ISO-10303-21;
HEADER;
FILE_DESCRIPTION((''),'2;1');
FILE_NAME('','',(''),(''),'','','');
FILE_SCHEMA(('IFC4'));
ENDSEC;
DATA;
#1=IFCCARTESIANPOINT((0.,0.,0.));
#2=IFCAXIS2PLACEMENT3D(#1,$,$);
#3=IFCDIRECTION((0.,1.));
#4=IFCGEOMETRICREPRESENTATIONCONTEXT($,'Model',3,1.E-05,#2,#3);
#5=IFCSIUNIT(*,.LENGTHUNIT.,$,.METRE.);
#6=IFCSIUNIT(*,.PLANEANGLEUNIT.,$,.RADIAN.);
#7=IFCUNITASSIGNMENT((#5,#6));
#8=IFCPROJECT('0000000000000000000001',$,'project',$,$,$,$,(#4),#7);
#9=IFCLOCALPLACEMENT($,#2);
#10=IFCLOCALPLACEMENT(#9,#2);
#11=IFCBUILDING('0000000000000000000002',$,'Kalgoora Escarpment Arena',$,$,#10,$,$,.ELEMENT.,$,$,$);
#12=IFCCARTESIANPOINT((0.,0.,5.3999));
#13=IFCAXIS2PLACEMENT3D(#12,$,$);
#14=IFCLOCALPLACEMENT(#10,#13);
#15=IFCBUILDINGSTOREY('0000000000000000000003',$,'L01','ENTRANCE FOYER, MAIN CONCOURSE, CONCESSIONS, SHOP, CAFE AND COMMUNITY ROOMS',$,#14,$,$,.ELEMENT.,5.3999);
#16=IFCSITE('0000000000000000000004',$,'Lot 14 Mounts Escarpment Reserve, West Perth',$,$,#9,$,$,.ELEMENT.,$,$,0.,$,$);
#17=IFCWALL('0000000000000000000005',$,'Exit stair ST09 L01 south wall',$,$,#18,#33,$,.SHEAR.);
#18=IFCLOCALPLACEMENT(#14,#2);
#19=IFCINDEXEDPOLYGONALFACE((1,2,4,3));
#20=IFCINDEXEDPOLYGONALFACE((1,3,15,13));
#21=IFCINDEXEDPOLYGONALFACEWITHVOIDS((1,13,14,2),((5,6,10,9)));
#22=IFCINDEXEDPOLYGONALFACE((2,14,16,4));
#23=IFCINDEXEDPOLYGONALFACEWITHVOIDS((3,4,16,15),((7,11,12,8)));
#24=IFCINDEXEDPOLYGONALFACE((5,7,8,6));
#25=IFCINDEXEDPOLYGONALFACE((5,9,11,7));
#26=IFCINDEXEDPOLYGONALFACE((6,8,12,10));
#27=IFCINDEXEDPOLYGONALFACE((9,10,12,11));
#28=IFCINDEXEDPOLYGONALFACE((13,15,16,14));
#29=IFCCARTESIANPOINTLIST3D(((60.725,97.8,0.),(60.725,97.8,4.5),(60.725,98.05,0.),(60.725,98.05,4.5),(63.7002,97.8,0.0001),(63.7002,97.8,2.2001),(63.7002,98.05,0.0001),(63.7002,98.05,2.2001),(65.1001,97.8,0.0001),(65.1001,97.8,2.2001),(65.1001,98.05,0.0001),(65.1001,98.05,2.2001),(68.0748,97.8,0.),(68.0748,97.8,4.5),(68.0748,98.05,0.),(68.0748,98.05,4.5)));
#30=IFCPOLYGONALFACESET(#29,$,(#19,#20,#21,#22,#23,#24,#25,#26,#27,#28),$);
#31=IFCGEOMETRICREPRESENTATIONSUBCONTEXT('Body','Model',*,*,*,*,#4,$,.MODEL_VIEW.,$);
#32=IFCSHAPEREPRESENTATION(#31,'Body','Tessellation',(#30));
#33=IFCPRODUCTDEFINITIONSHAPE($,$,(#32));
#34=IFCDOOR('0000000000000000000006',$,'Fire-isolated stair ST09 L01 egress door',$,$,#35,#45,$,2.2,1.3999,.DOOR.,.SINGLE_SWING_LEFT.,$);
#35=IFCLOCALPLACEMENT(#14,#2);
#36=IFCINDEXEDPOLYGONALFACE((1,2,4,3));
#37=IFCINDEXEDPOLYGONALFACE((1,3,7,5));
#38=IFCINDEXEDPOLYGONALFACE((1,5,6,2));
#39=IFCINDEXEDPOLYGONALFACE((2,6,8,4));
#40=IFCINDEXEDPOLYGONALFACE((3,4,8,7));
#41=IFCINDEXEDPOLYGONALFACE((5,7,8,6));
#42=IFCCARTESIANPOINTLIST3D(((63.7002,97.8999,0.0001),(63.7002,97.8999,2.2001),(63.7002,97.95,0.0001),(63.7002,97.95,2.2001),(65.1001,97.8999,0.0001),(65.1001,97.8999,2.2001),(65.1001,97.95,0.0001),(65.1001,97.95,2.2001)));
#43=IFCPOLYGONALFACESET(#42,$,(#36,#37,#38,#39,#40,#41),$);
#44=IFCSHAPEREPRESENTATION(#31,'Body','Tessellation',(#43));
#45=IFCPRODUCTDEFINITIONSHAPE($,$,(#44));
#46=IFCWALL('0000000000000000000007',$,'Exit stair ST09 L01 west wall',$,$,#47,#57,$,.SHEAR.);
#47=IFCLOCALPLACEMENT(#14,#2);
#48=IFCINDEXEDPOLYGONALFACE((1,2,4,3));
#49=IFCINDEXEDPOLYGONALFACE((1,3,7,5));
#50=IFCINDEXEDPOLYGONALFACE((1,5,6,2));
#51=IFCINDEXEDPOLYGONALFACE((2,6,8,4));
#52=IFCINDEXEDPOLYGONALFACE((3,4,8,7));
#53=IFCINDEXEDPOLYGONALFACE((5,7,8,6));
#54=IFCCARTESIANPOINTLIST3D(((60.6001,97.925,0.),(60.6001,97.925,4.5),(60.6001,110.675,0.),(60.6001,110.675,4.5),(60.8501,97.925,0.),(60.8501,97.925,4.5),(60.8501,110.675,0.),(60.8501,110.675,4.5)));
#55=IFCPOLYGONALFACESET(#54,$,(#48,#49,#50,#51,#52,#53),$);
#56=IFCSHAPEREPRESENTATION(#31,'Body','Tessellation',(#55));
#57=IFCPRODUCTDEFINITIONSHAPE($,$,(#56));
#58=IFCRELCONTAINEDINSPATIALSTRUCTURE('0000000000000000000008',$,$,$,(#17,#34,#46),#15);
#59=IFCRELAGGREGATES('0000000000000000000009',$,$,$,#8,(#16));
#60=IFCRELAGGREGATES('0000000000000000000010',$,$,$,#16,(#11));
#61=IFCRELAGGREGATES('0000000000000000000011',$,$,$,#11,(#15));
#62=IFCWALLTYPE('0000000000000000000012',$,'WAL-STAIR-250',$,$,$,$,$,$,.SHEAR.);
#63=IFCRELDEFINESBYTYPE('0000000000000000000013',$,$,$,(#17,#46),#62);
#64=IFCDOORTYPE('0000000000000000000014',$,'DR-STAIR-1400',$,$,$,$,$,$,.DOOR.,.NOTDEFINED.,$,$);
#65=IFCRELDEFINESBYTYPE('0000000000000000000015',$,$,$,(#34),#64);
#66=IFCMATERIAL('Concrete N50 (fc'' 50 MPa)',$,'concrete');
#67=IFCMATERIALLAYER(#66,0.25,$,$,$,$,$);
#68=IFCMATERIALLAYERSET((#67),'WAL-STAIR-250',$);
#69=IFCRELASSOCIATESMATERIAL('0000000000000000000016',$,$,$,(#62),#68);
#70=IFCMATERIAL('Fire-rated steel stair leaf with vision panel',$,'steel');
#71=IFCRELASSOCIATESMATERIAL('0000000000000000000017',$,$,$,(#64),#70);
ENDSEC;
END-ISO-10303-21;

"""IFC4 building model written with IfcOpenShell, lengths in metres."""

from ifc_helpers import new_model, si_unit, direction, frame, frame_2d, origin, place, context, subcontext, project, spatial, rectangle, extrude, material, layer, layer_set, type_object, element, fill, save


model = new_model("IFC4")

# Units and contexts
model_context = context("Model", 3, precision=1e-05, world=origin(), true_north=direction((0.0, 1.0)))
body_context = subcontext(model_context, "Body", "Model", "MODEL_VIEW")
ifc_project = project(units=[si_unit("LENGTHUNIT", "METRE"), si_unit("PLANEANGLEUNIT", "RADIAN")], contexts=[model_context])

# Site, building, storey
site_placement = place(None, origin())
site = spatial("IfcSite", under=ifc_project, at=site_placement, Name="Lot 14 Mounts Escarpment Reserve, West Perth", CompositionType="ELEMENT", RefElevation=0.0)
building_placement = place(site_placement, origin())
building = spatial("IfcBuilding", under=site, at=building_placement, Name="Kalgoora Escarpment Arena", CompositionType="ELEMENT")
storey_placement = place(building_placement, frame((0.0, 0.0, 5.3999)))
storey = spatial("IfcBuildingStorey", under=building, at=storey_placement, Name="L01", Description="ENTRANCE FOYER, MAIN CONCOURSE, CONCESSIONS, SHOP, CAFE AND COMMUNITY ROOMS", CompositionType="ELEMENT", Elevation=5.3999)

# Wall, opening, door
ifc_material_1 = material(Name="Concrete N50 (fc' 50 MPa)", Category="concrete")
ifc_layer_1 = layer(ifc_material_1, 0.25)
ifc_layer_set_1 = layer_set([ifc_layer_1], Name="WAL-STAIR-250")
wall_type_1 = type_object("IfcWallType", Name="WAL-STAIR-250", PredefinedType="SHEAR", material=ifc_layer_set_1)
wall_1_placement = place(storey_placement, frame((60.7251, 97.925, 0.0), z_axis=(0.0, 0.0, 1.0), x_axis=(1.0, 0.0, 0.0)))
wall_1 = element("IfcWall", 1, at=wall_1_placement, inside=storey, type_object=wall_type_1, Name="Exit stair ST09 L01 south wall", PredefinedType="SHEAR", context=body_context, shape_type="SweptSolid", body=[
    extrude(rectangle(XDim=7.3499, YDim=0.25, at=frame_2d((3.6748, 0.0))), origin(), (0.0, 0.0, 1.0), 4.5),
])
opening_1_placement = place(wall_1_placement, frame((2.9751, 0.0, 0.0)))
opening_1 = element("IfcOpeningElement", 2, at=opening_1_placement, cuts=wall_1, PredefinedType="OPENING", context=body_context, shape_type="SweptSolid", body=[
    extrude(rectangle(XDim=1.3999, YDim=2.2, at=frame_2d((0.7, 1.1001))), frame((0.0, 0.135, 0.0), z_axis=(0.0, -1.0, 0.0), x_axis=(1.0, 0.0, 0.0)), (0.0, 0.0, 1.0), 0.27),
])
ifc_material_2 = material(Name="Fire-rated steel stair leaf with vision panel", Category="steel")
door_type_1 = type_object("IfcDoorType", Name="DR-STAIR-1400", OperationType="NOTDEFINED", PredefinedType="DOOR", material=ifc_material_2)
door_1_placement = place(opening_1_placement, origin())
door_1 = element("IfcDoor", 3, at=door_1_placement, inside=storey, type_object=door_type_1, Name="Fire-isolated stair ST09 L01 egress door", OperationType="SINGLE_SWING_LEFT", OverallHeight=2.2, OverallWidth=1.3999, PredefinedType="DOOR", context=body_context, shape_type="SweptSolid", body=[
    extrude(rectangle(XDim=1.3999, YDim=2.2, at=frame_2d((0.7, 1.1001))), frame((0.0, 0.0249, 0.0), z_axis=(0.0, -1.0, 0.0), x_axis=(1.0, 0.0, 0.0)), (0.0, 0.0, 1.0), 0.05),
])
fill(opening_1, door_1)

# Wall
wall_2_placement = place(storey_placement, frame((60.7251, 97.925, 0.0), z_axis=(0.0, 0.0, 1.0), x_axis=(0.0, 1.0, 0.0)))
element("IfcWall", 4, at=wall_2_placement, inside=storey, type_object=wall_type_1, Name="Exit stair ST09 L01 west wall", PredefinedType="SHEAR", context=body_context, shape_type="SweptSolid", body=[
    extrude(rectangle(XDim=12.75, YDim=0.25, at=frame_2d((6.375, 0.0))), origin(), (0.0, 0.0, 1.0), 4.5),
])

save(model, "model.ifc")
